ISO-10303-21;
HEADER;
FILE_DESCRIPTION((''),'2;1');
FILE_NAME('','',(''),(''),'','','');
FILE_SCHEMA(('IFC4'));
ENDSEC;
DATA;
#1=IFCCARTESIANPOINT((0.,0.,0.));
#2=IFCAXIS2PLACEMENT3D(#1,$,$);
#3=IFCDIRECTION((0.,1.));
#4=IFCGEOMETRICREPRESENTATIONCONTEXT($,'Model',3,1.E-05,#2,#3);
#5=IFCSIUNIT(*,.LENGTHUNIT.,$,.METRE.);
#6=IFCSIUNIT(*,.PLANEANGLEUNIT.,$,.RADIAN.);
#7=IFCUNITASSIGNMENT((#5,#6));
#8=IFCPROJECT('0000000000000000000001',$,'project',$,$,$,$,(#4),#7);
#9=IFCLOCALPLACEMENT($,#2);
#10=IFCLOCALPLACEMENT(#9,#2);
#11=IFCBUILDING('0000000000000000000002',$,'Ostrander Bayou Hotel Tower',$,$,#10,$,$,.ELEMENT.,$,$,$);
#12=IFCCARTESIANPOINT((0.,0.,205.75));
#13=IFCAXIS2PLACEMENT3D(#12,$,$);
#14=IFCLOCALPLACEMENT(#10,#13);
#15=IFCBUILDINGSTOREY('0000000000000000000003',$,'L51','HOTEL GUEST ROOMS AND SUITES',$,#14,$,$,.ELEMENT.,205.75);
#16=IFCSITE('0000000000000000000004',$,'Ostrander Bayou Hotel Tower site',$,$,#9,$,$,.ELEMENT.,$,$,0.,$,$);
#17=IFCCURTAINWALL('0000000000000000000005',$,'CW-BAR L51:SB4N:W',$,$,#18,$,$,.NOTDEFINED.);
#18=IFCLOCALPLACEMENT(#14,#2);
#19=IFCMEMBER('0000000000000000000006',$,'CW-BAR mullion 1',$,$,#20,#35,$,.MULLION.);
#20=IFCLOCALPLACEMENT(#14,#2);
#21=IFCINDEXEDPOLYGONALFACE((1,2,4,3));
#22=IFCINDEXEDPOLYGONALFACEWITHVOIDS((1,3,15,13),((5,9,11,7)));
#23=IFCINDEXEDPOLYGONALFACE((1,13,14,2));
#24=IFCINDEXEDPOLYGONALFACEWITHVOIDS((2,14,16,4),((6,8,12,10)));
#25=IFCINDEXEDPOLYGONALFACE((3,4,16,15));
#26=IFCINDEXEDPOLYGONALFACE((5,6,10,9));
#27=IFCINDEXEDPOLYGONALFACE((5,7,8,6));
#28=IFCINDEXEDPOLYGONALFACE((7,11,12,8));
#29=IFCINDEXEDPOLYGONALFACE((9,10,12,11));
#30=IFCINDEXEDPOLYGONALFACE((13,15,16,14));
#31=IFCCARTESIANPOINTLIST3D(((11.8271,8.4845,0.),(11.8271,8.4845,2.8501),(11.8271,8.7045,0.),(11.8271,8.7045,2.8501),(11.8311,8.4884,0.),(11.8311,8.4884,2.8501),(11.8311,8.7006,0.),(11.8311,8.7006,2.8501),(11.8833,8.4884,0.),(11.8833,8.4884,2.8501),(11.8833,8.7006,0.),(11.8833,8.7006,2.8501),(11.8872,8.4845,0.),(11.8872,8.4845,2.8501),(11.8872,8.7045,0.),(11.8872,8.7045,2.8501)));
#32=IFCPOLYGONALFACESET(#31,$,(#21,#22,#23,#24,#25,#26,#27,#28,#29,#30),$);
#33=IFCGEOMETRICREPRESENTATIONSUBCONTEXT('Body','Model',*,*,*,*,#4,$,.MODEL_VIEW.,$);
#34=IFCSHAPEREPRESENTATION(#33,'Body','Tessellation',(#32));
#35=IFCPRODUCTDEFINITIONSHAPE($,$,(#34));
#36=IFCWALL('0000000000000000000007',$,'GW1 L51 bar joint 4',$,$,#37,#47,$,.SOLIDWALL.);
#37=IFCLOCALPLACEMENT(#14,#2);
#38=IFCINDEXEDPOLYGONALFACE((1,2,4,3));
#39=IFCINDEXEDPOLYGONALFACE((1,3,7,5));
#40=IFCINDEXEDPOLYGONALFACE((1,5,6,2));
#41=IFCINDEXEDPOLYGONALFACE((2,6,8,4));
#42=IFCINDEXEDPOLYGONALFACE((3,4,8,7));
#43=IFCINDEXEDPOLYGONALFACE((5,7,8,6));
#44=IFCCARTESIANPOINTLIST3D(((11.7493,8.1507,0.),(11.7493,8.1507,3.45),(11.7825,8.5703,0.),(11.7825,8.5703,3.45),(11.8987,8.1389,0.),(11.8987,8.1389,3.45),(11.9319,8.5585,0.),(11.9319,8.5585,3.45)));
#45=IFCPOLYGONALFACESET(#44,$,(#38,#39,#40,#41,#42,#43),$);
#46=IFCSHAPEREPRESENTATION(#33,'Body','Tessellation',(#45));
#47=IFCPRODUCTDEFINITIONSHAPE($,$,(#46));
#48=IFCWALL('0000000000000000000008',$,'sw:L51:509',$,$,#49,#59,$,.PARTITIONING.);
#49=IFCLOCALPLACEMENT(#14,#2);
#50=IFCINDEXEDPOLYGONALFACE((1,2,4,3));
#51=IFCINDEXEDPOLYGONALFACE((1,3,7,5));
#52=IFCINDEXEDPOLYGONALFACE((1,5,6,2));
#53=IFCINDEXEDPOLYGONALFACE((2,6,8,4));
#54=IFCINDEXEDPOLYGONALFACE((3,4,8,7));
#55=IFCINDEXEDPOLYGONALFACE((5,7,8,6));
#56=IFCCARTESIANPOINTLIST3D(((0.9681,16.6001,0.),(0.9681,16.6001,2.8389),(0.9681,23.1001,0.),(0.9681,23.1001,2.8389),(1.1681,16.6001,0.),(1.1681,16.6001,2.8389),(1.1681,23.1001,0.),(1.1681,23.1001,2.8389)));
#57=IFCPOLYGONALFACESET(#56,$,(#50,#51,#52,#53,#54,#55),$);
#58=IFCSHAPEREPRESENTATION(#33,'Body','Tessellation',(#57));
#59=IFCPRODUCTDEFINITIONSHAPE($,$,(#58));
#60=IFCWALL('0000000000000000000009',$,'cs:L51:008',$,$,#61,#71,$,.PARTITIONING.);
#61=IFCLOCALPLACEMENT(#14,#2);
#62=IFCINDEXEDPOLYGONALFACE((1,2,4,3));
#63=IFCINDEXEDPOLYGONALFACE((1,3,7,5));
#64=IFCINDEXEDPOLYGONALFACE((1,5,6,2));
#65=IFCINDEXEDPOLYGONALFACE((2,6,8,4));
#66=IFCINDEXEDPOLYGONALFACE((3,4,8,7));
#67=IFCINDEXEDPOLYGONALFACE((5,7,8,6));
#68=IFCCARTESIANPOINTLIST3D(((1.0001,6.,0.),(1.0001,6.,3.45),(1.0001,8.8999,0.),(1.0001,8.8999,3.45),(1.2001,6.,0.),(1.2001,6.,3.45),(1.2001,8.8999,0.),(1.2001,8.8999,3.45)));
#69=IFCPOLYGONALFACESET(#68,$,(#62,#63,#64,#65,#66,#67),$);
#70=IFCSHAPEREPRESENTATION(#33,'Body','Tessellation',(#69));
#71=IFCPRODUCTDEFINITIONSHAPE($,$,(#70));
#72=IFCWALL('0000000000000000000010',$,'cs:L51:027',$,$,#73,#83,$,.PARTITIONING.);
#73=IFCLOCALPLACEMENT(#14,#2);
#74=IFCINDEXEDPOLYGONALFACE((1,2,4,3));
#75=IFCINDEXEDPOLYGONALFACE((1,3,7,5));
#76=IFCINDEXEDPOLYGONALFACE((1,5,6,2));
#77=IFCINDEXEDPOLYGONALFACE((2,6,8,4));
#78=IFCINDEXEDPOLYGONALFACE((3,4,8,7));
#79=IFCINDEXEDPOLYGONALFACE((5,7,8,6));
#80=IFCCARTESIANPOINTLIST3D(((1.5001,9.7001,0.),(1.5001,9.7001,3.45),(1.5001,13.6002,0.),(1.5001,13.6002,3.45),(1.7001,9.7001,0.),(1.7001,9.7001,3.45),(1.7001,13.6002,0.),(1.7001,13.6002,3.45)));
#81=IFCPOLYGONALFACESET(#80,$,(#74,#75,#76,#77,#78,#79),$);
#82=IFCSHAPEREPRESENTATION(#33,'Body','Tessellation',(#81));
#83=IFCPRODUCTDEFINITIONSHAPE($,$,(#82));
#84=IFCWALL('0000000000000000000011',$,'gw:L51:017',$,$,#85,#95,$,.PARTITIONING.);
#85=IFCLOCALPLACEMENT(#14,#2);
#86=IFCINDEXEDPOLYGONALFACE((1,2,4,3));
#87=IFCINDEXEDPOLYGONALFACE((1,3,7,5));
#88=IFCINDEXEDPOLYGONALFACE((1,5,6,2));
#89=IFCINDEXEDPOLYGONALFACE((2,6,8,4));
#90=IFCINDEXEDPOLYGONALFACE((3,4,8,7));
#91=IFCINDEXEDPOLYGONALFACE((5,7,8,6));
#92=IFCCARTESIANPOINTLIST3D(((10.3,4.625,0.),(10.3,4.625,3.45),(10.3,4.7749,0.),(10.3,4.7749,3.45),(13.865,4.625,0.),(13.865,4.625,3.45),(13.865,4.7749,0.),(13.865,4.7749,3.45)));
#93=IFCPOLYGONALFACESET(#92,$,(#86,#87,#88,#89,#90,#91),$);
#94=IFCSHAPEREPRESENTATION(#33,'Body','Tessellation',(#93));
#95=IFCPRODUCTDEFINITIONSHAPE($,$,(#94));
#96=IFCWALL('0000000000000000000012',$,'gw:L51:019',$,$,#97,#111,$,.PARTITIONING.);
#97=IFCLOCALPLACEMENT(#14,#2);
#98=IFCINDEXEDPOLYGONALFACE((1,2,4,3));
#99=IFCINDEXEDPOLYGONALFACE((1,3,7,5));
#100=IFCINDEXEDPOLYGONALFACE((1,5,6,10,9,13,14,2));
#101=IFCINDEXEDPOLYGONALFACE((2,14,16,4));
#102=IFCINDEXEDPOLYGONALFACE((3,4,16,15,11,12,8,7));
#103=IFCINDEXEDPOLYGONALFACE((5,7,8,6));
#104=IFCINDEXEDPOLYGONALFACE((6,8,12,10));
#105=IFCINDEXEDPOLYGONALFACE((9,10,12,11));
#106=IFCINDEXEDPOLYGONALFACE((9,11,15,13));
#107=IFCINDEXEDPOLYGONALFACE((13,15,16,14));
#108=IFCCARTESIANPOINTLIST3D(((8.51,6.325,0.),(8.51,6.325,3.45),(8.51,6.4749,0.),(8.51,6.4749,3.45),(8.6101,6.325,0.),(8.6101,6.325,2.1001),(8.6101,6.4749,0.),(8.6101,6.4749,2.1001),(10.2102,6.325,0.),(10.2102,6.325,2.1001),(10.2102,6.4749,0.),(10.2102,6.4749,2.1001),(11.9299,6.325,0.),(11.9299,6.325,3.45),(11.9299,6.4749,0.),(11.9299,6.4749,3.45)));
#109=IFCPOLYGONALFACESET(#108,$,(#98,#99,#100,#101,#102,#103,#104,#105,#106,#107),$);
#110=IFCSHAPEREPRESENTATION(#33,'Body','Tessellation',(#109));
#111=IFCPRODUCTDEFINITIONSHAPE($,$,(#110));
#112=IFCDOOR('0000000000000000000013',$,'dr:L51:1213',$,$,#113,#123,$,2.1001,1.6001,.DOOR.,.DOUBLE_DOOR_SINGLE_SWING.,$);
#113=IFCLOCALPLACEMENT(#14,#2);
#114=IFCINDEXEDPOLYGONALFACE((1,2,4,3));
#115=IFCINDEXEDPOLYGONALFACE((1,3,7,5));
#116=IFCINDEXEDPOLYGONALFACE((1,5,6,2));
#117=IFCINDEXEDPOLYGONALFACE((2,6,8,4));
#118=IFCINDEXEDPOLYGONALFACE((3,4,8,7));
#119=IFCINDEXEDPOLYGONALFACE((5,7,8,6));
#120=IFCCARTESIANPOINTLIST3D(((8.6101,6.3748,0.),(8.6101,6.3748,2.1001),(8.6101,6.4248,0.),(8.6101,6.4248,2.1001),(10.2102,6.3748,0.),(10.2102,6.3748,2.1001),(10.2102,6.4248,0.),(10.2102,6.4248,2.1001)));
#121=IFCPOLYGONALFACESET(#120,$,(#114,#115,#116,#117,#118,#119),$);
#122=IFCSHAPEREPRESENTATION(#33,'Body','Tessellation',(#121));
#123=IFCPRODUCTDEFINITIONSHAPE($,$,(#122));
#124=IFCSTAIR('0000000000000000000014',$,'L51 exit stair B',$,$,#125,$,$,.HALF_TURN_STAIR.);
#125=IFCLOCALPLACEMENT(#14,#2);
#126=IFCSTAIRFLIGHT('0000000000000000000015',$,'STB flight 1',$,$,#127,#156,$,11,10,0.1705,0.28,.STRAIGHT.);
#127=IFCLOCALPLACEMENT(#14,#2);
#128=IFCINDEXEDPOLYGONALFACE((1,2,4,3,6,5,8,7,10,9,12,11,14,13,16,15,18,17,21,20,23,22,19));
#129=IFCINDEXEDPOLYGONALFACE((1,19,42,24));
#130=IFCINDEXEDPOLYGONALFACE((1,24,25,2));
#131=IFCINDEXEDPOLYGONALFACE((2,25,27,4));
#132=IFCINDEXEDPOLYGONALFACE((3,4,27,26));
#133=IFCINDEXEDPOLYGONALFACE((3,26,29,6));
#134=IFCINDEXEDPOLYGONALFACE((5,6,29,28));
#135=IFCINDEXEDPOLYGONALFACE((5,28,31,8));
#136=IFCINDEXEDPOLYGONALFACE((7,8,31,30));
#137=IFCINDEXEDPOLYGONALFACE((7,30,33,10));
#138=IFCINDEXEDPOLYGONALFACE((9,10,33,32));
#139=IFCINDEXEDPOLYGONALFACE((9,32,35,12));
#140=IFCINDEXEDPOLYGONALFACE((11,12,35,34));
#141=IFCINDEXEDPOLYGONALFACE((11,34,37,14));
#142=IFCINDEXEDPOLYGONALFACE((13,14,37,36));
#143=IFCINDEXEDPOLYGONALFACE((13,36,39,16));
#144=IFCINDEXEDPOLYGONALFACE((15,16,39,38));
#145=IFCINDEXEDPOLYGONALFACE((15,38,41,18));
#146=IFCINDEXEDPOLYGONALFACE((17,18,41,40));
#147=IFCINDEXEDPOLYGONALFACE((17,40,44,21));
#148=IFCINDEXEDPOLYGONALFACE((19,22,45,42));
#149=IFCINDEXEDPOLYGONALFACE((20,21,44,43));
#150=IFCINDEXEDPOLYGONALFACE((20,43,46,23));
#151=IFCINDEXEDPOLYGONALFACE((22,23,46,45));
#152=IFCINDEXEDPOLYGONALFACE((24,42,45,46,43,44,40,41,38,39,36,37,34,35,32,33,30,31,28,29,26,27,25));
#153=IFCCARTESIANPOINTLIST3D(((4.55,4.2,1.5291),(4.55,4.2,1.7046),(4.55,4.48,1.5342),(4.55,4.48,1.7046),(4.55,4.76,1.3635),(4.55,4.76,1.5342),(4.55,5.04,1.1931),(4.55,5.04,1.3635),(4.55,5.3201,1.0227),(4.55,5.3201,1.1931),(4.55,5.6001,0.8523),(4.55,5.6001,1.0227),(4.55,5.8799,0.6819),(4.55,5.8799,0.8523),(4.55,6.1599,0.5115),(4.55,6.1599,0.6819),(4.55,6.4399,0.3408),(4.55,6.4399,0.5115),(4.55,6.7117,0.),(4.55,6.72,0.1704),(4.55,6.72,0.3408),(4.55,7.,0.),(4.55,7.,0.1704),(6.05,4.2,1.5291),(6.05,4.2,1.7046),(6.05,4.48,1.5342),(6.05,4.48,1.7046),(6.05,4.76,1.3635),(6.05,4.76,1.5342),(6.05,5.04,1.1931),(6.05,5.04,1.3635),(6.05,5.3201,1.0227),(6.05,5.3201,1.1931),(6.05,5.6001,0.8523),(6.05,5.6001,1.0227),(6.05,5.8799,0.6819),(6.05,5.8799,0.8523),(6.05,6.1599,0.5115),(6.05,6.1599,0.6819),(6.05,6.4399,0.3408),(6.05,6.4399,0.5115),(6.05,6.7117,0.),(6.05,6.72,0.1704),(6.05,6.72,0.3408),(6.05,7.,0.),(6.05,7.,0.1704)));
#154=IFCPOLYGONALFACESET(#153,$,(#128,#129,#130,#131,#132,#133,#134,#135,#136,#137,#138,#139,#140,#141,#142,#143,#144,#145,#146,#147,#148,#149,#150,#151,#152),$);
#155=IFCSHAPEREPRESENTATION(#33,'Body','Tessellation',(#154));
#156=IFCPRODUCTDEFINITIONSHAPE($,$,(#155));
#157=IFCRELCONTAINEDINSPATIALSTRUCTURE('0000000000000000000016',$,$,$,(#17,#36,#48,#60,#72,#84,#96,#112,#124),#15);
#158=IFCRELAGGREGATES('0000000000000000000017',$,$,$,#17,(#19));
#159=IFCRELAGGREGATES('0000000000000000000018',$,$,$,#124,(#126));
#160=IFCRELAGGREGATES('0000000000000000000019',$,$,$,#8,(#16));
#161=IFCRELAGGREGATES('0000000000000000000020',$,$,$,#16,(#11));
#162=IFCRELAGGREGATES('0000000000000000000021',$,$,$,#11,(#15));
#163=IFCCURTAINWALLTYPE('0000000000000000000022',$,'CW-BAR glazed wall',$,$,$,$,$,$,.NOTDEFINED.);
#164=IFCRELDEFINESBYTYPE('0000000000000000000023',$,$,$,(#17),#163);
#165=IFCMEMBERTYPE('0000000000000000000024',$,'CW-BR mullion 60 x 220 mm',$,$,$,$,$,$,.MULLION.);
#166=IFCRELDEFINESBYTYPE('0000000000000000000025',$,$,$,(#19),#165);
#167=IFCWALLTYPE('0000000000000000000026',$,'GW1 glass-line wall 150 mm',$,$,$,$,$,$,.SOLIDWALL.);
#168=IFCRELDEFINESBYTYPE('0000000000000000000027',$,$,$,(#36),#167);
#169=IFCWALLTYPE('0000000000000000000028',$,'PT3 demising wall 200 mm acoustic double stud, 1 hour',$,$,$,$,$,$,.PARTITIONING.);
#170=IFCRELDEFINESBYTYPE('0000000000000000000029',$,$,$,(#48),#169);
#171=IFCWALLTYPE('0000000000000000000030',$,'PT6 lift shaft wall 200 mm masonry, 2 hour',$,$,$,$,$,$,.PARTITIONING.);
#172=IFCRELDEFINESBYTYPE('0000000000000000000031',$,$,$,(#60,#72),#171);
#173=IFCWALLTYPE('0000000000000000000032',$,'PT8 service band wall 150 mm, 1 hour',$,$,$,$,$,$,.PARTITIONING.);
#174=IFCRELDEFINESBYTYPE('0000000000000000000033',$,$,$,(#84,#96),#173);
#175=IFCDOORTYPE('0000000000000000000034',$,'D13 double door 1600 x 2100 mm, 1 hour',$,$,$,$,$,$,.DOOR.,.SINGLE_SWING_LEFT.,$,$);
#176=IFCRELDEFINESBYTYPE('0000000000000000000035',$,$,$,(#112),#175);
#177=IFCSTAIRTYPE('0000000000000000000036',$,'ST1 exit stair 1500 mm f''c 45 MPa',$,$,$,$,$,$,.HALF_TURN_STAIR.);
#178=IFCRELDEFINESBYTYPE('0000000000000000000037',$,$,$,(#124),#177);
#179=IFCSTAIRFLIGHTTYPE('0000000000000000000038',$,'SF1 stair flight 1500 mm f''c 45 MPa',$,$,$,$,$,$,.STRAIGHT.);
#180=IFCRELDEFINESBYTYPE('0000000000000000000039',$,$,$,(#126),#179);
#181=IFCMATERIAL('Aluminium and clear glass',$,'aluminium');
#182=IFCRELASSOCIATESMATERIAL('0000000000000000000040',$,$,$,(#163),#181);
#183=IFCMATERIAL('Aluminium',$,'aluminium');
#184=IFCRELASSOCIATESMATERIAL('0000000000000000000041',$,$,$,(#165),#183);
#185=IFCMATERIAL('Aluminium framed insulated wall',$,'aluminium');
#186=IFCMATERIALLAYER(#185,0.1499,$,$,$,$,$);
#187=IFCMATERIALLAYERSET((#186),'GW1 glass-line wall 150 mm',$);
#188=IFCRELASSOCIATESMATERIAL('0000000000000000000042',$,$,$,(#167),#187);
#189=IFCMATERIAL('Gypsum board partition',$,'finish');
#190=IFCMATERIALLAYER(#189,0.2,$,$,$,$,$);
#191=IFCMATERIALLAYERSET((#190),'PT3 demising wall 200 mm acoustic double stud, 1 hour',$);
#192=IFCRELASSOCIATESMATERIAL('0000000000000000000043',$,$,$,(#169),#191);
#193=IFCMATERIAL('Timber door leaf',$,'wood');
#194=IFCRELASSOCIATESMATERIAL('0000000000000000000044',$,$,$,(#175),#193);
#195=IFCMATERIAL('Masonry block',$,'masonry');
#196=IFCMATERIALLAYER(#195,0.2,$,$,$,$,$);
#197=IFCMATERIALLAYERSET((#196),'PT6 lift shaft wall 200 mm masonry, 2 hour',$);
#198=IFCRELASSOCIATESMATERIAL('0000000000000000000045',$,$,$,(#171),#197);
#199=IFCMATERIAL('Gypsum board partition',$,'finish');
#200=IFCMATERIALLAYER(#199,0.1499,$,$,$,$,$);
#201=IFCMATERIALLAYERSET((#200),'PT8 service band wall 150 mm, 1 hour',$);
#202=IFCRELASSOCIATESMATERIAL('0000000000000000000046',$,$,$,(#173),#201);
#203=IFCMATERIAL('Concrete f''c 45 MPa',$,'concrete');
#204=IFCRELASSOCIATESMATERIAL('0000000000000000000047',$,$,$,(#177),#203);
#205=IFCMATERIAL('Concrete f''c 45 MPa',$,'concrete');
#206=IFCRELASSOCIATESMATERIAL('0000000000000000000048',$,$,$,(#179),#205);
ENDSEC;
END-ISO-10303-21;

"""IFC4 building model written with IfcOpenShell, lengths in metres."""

from ifc_helpers import new_model, si_unit, direction, frame, frame_2d, origin, origin_2d, place, context, subcontext, project, spatial, polyline, rectangle, hollow_rectangle, outline, extrude, material, layer, layer_set, material_profile, profile_set, type_object, element, fill, aggregate, save


model = new_model("IFC4")

# Units and contexts
model_context = context("Model", 3, precision=1e-05, world=origin(), true_north=direction((0.0, 1.0)))
body_context = subcontext(model_context, "Body", "Model", "MODEL_VIEW")
ifc_project = project(units=[si_unit("LENGTHUNIT", "METRE"), si_unit("PLANEANGLEUNIT", "RADIAN")], contexts=[model_context])

# Site, building, storey
site_placement = place(None, origin())
site = spatial("IfcSite", under=ifc_project, at=site_placement, Name="Ostrander Bayou Hotel Tower site", CompositionType="ELEMENT", RefElevation=0.0)
building_placement = place(site_placement, origin())
building = spatial("IfcBuilding", under=site, at=building_placement, Name="Ostrander Bayou Hotel Tower", CompositionType="ELEMENT")
storey_placement = place(building_placement, frame((0.0, 0.0, 205.75)))
storey = spatial("IfcBuildingStorey", under=building, at=storey_placement, Name="L51", Description="HOTEL GUEST ROOMS AND SUITES", CompositionType="ELEMENT", Elevation=205.75)

# Curtain wall, member
ifc_material_1 = material(Name="Aluminium and clear glass", Category="aluminium")
curtain_wall_type = type_object("IfcCurtainWallType", Name="CW-BAR glazed wall", PredefinedType="NOTDEFINED", material=ifc_material_1)
curtain_wall_placement = place(storey_placement, origin())
curtain_wall = element("IfcCurtainWall", 1, at=curtain_wall_placement, inside=storey, type_object=curtain_wall_type, Name="CW-BAR L51:SB4N:W", PredefinedType="NOTDEFINED")
ifc_material_2 = material(Name="Aluminium", Category="aluminium")
ifc_material_profile = material_profile(ifc_material_2, hollow_rectangle(XDim=0.0601, YDim=0.22, WallThickness=0.0039, at=origin_2d()))
ifc_profile_set = profile_set([ifc_material_profile], Name="Aluminium")
member_type = type_object("IfcMemberType", Name="CW-BR mullion 60 x 220 mm", PredefinedType="MULLION", material=ifc_profile_set)
member_placement = place(storey_placement, frame((11.8572, 8.5945, 0.0), z_axis=(0.0, 0.0, 1.0), x_axis=(-1.0, 0.0, 0.0)))
member = element("IfcMember", 2, at=member_placement, type_object=member_type, Name="CW-BAR mullion 1", PredefinedType="MULLION", context=body_context, shape_type="SweptSolid", body=[
    extrude(hollow_rectangle(XDim=0.0601, YDim=0.22, WallThickness=0.0039, at=origin_2d()), origin(), (0.0, 0.0, 1.0), 2.8501),
])
aggregate(curtain_wall, [member])

# Walls
ifc_material_3 = material(Name="Aluminium framed insulated wall", Category="aluminium")
ifc_layer_1 = layer(ifc_material_3, 0.1499)
ifc_layer_set_1 = layer_set([ifc_layer_1], Name="GW1 glass-line wall 150 mm")
wall_type_1 = type_object("IfcWallType", Name="GW1 glass-line wall 150 mm", PredefinedType="SOLIDWALL", material=ifc_layer_set_1)
wall_1_placement = place(storey_placement, frame((11.824, 8.1448, 0.0), z_axis=(0.0, 0.0, 1.0), x_axis=(0.078869, 0.996885, 0.0)))
element("IfcWall", 3, at=wall_1_placement, inside=storey, type_object=wall_type_1, Name="GW1 L51 bar joint 4", PredefinedType="SOLIDWALL", context=body_context, shape_type="SweptSolid", body=[
    extrude(rectangle(XDim=0.4209, YDim=0.1499, at=frame_2d((0.2104, 0.0))), origin(), (0.0, 0.0, 1.0), 3.45),
])
ifc_material_4 = material(Name="Gypsum board partition", Category="finish")
ifc_layer_2 = layer(ifc_material_4, 0.2)
ifc_layer_set_2 = layer_set([ifc_layer_2], Name="PT3 demising wall 200 mm acoustic double stud, 1 hour")
wall_type_2 = type_object("IfcWallType", Name="PT3 demising wall 200 mm acoustic double stud, 1 hour", PredefinedType="PARTITIONING", material=ifc_layer_set_2)
wall_2_placement = place(storey_placement, frame((1.0681, 16.6001, 0.0), z_axis=(0.0, 0.0, 1.0), x_axis=(0.0, 1.0, 0.0)))
element("IfcWall", 4, at=wall_2_placement, inside=storey, type_object=wall_type_2, Name="sw:L51:509", PredefinedType="PARTITIONING", context=body_context, shape_type="SweptSolid", body=[
    extrude(rectangle(XDim=6.5, YDim=0.2, at=frame_2d((3.25, 0.0))), origin(), (0.0, 0.0, 1.0), 2.8389),
])

# Shared definitions
ifc_material_5 = material(Name="Timber door leaf", Category="wood")
door_type_1 = type_object("IfcDoorType", Name="D13 double door 1600 x 2100 mm, 1 hour", OperationType="SINGLE_SWING_LEFT", PredefinedType="DOOR", material=ifc_material_5)
ifc_material_6 = material(Name="Masonry block", Category="masonry")
ifc_layer_3 = layer(ifc_material_6, 0.2)
ifc_layer_set_3 = layer_set([ifc_layer_3], Name="PT6 lift shaft wall 200 mm masonry, 2 hour")
wall_type_3 = type_object("IfcWallType", Name="PT6 lift shaft wall 200 mm masonry, 2 hour", PredefinedType="PARTITIONING", material=ifc_layer_set_3)

# Walls
wall_3_placement = place(storey_placement, frame((1.1001, 6.0, 0.0), z_axis=(0.0, 0.0, 1.0), x_axis=(0.0, 1.0, 0.0)))
element("IfcWall", 5, at=wall_3_placement, inside=storey, type_object=wall_type_3, Name="cs:L51:008", PredefinedType="PARTITIONING", context=body_context, shape_type="SweptSolid", body=[
    extrude(rectangle(XDim=2.8999, YDim=0.2, at=frame_2d((1.45, 0.0))), origin(), (0.0, 0.0, 1.0), 3.45),
])
wall_4_placement = place(storey_placement, frame((1.6001, 9.7, 0.0), z_axis=(0.0, 0.0, 1.0), x_axis=(0.0, 1.0, 0.0)))
element("IfcWall", 6, at=wall_4_placement, inside=storey, type_object=wall_type_3, Name="cs:L51:027", PredefinedType="PARTITIONING", context=body_context, shape_type="SweptSolid", body=[
    extrude(rectangle(XDim=3.9001, YDim=0.2, at=frame_2d((1.9502, 0.0))), origin(), (0.0, 0.0, 1.0), 3.45),
])
ifc_material_7 = material(Name="Gypsum board partition", Category="finish")
ifc_layer_4 = layer(ifc_material_7, 0.1499)
ifc_layer_set_4 = layer_set([ifc_layer_4], Name="PT8 service band wall 150 mm, 1 hour")
wall_type_4 = type_object("IfcWallType", Name="PT8 service band wall 150 mm, 1 hour", PredefinedType="PARTITIONING", material=ifc_layer_set_4)
wall_5_placement = place(storey_placement, frame((10.3, 4.7, 0.0), z_axis=(0.0, 0.0, 1.0), x_axis=(1.0, 0.0, 0.0)))
element("IfcWall", 7, at=wall_5_placement, inside=storey, type_object=wall_type_4, Name="gw:L51:017", PredefinedType="PARTITIONING", context=body_context, shape_type="SweptSolid", body=[
    extrude(rectangle(XDim=3.5649, YDim=0.1499, at=frame_2d((1.7825, 0.0))), origin(), (0.0, 0.0, 1.0), 3.45),
])

# Wall, opening, door
wall_6_placement = place(storey_placement, frame((8.51, 6.3999, 0.0), z_axis=(0.0, 0.0, 1.0), x_axis=(1.0, 0.0, 0.0)))
wall_6 = element("IfcWall", 8, at=wall_6_placement, inside=storey, type_object=wall_type_4, Name="gw:L51:019", PredefinedType="PARTITIONING", context=body_context, shape_type="SweptSolid", body=[
    extrude(rectangle(XDim=3.4199, YDim=0.1499, at=frame_2d((1.71, 0.0))), origin(), (0.0, 0.0, 1.0), 3.45),
])
opening_1_placement = place(wall_6_placement, frame((0.1001, 0.0, 0.0)))
opening_1 = element("IfcOpeningElement", 9, at=opening_1_placement, cuts=wall_6, PredefinedType="OPENING", context=body_context, shape_type="SweptSolid", body=[
    extrude(rectangle(XDim=1.6001, YDim=2.1001, at=frame_2d((0.8, 1.05))), frame((0.0, 0.075, 0.0), z_axis=(0.0, -1.0, 0.0), x_axis=(1.0, 0.0, 0.0)), (0.0, 0.0, 1.0), 0.1499),
])
door_1_placement = place(opening_1_placement, origin())
door_1 = element("IfcDoor", 10, at=door_1_placement, inside=storey, type_object=door_type_1, Name="dr:L51:1213", OperationType="DOUBLE_DOOR_SINGLE_SWING", OverallHeight=2.1001, OverallWidth=1.6001, PredefinedType="DOOR", context=body_context, shape_type="SweptSolid", body=[
    extrude(rectangle(XDim=1.6001, YDim=2.1001, at=frame_2d((0.8, 1.05))), frame((0.0, 0.0249, 0.0), z_axis=(0.0, -1.0, 0.0), x_axis=(1.0, 0.0, 0.0)), (0.0, 0.0, 1.0), 0.05),
])
fill(opening_1, door_1)

# Stair, stair flight
ifc_material_8 = material(Name="Concrete f'c 45 MPa", Category="concrete")
stair_type = type_object("IfcStairType", Name="ST1 exit stair 1500 mm f'c 45 MPa", PredefinedType="HALF_TURN_STAIR", material=ifc_material_8)
stair_placement = place(storey_placement, origin())
stair = element("IfcStair", 11, at=stair_placement, inside=storey, type_object=stair_type, Name="L51 exit stair B", PredefinedType="HALF_TURN_STAIR")
ifc_material_9 = material(Name="Concrete f'c 45 MPa", Category="concrete")
stair_flight_type = type_object("IfcStairFlightType", Name="SF1 stair flight 1500 mm f'c 45 MPa", PredefinedType="STRAIGHT", material=ifc_material_9)
stair_flight_1_placement = place(storey_placement, frame((5.3, 7.0, 0.0), z_axis=(0.0, 0.0, 1.0), x_axis=(0.0, -1.0, 0.0)))
stair_flight_1 = element("IfcStairFlight", 12, at=stair_flight_1_placement, type_object=stair_flight_type, Name="STB flight 1", NumberOfRisers=11, NumberOfTreads=10, PredefinedType="STRAIGHT", RiserHeight=0.1705, TreadLength=0.28, context=body_context, shape_type="SweptSolid", body=[
    extrude(outline(polyline([(0.0, 0.0), (0.0, 0.1704), (0.28, 0.1704), (0.28, 0.3408), (0.5601, 0.3408), (0.5601, 0.5115), (0.8401, 0.5115), (0.8401, 0.6819), (1.1201, 0.6819), (1.1201, 0.8523), (1.3999, 0.8523), (1.3999, 1.0227), (1.6799, 1.0227), (1.6799, 1.1931), (1.96, 1.1931), (1.96, 1.3635), (2.24, 1.3635), (2.24, 1.5342), (2.52, 1.5342), (2.52, 1.7046), (2.8, 1.7046), (2.8, 1.875), (2.8, 1.5291), (0.2883, 0.0), (0.0, 0.0)])), frame((0.0, 0.75, 0.0), z_axis=(0.0, -1.0, 0.0), x_axis=(1.0, 0.0, 0.0)), (0.0, 0.0, 1.0), 1.5),
])
aggregate(stair, [stair_flight_1])

save(model, "model.ifc")
